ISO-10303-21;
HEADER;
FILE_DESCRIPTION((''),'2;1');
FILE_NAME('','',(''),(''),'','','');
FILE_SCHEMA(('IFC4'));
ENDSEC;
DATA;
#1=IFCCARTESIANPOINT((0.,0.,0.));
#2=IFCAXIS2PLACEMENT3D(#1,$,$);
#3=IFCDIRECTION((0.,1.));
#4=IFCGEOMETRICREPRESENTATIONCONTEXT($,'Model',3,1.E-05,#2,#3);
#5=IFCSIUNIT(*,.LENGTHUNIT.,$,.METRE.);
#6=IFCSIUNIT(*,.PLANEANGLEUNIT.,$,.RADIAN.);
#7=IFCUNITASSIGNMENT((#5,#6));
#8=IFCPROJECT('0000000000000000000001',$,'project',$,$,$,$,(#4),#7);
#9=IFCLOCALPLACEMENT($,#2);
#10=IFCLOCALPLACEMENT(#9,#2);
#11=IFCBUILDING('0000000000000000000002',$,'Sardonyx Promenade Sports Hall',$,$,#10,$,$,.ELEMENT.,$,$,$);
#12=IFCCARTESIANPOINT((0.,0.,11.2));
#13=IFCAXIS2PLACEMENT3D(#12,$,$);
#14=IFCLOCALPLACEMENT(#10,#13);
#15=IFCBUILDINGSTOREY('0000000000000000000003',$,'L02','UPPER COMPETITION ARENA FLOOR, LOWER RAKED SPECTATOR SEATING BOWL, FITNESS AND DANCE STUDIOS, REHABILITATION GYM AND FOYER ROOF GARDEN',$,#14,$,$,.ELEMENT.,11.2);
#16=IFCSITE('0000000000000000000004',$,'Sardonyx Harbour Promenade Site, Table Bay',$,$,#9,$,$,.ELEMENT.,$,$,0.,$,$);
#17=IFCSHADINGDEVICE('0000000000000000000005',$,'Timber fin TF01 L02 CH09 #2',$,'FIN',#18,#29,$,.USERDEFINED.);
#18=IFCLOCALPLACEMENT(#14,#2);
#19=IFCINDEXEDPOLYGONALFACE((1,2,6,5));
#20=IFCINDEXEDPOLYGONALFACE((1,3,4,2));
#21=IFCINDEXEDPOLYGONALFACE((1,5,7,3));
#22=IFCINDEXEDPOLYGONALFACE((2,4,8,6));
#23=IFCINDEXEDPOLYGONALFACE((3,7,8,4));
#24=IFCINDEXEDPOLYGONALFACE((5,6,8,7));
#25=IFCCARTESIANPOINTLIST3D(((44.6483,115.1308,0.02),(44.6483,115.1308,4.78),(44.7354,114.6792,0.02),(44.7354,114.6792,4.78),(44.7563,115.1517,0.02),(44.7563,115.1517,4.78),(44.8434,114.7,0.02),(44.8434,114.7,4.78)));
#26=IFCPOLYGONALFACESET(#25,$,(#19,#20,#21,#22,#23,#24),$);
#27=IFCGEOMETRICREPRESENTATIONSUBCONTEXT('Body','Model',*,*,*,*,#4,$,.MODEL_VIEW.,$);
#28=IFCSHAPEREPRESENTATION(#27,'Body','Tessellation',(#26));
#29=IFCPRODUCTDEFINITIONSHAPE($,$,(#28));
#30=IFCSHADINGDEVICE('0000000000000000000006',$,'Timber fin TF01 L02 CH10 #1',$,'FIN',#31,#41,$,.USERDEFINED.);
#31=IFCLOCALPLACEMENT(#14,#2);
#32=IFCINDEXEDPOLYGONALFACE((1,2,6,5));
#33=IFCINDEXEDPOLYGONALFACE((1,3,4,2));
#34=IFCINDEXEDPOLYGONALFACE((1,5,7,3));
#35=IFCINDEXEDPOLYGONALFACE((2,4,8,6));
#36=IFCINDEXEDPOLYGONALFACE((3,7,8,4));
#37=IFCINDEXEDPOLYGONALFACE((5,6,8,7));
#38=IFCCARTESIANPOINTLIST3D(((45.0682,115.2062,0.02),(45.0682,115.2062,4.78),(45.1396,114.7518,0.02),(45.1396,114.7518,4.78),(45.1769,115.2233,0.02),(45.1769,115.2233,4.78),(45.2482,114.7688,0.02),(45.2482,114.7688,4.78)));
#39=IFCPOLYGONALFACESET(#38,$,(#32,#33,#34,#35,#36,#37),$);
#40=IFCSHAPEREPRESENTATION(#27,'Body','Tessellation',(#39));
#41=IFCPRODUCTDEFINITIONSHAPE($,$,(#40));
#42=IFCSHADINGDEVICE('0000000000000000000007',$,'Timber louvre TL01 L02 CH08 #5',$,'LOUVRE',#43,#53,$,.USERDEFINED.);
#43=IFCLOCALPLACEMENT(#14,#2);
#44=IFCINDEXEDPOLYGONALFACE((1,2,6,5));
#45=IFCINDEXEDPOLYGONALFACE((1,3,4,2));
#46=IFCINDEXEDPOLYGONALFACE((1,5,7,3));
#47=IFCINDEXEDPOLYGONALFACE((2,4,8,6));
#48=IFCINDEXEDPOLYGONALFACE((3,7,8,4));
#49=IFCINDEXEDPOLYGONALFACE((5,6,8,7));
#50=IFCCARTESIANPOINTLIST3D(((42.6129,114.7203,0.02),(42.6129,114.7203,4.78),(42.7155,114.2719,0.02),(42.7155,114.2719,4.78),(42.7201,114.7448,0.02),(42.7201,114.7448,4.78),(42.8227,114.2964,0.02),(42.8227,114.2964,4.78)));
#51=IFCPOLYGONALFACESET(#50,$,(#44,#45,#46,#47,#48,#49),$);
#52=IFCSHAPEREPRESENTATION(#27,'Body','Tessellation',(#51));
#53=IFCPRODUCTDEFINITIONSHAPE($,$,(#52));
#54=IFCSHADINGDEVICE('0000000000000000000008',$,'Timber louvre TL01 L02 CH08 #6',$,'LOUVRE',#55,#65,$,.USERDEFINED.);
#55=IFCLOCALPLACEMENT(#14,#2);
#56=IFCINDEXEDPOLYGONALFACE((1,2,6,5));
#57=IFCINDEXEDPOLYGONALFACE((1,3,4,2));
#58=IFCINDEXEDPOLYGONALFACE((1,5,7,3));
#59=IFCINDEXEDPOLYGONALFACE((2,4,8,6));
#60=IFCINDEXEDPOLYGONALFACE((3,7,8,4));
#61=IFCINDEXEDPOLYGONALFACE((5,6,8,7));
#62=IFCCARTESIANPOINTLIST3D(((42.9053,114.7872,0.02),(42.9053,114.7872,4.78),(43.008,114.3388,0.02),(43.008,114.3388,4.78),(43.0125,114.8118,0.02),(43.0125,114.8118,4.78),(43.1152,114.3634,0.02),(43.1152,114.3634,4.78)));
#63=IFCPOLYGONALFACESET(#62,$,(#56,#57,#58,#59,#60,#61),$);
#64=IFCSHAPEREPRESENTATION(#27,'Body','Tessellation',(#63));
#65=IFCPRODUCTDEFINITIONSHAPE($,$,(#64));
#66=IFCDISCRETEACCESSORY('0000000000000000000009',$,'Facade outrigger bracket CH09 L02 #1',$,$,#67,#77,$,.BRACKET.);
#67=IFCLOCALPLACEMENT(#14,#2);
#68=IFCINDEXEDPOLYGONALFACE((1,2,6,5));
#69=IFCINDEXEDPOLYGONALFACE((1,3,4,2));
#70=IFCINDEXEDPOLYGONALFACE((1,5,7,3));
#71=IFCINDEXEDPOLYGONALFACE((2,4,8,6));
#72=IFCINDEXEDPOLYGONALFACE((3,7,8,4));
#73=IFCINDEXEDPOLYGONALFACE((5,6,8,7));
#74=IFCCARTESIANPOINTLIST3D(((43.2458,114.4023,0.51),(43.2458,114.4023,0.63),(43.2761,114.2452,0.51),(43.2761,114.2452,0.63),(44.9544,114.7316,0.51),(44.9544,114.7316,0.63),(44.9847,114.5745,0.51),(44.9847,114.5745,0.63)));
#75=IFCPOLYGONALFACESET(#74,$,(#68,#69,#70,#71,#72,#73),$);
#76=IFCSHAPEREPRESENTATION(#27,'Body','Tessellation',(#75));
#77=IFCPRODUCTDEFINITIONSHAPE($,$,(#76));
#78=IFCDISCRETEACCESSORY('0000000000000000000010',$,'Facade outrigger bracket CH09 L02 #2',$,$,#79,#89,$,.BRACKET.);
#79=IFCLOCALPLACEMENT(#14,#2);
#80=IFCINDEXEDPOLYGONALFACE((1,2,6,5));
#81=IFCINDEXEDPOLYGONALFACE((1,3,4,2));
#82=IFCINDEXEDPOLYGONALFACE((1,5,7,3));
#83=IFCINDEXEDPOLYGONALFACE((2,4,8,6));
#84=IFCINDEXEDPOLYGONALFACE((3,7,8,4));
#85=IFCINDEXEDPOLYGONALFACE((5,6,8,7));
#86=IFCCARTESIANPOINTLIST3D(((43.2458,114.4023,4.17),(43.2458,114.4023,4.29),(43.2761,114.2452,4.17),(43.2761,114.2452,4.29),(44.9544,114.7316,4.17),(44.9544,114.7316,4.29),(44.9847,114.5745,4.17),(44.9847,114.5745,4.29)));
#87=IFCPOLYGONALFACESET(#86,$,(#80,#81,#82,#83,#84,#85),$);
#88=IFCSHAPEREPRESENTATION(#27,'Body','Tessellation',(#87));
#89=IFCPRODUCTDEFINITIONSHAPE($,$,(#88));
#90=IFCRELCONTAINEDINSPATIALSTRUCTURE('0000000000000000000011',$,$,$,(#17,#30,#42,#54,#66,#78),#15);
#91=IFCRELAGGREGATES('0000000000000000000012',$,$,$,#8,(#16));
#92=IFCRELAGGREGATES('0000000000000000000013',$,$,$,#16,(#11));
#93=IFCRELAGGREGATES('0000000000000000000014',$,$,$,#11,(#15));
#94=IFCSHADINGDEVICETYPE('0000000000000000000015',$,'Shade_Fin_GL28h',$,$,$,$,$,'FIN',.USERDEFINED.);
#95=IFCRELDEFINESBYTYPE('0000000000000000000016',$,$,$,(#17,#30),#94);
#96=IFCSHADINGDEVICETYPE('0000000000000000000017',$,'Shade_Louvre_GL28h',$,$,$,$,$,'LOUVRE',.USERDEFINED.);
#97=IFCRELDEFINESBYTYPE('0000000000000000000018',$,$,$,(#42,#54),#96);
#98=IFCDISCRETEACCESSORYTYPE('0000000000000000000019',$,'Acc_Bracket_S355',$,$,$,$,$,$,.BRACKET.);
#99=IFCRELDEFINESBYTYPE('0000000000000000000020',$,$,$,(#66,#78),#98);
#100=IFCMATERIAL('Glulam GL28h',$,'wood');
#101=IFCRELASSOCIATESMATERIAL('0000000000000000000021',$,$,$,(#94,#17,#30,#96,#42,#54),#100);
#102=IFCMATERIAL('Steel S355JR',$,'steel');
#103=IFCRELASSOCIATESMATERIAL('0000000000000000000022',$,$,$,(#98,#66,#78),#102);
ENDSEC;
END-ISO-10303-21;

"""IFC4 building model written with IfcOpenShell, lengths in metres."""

from ifc_helpers import new_model, si_unit, direction, frame, origin, place, context, subcontext, project, spatial, rectangle, extrude, material, type_object, element, save


model = new_model("IFC4")

# Units and contexts
model_context = context("Model", 3, precision=1e-05, world=origin(), true_north=direction((0.0, 1.0)))
body_context = subcontext(model_context, "Body", "Model", "MODEL_VIEW")
ifc_project = project(units=[si_unit("LENGTHUNIT", "METRE"), si_unit("PLANEANGLEUNIT", "RADIAN")], contexts=[model_context])

# Site, building, storey
site_placement = place(None, origin())
site = spatial("IfcSite", under=ifc_project, at=site_placement, Name="Sardonyx Harbour Promenade Site, Table Bay", CompositionType="ELEMENT", RefElevation=0.0)
building_placement = place(site_placement, origin())
building = spatial("IfcBuilding", under=site, at=building_placement, Name="Sardonyx Promenade Sports Hall", CompositionType="ELEMENT")
storey_placement = place(building_placement, frame((0.0, 0.0, 11.2)))
storey = spatial("IfcBuildingStorey", under=building, at=storey_placement, Name="L02", Description="UPPER COMPETITION ARENA FLOOR, LOWER RAKED SPECTATOR SEATING BOWL, FITNESS AND DANCE STUDIOS, REHABILITATION GYM AND FOYER ROOF GARDEN", CompositionType="ELEMENT", Elevation=11.2)

# Shading devices
ifc_material_1 = material(Name="Glulam GL28h", Category="wood")
shading_device_type_1 = type_object("IfcShadingDeviceType", Name="Shade_Fin_GL28h", ElementType="FIN", PredefinedType="USERDEFINED", material=ifc_material_1)
for number, where, z_axis, x_axis, name in (
    (1, (44.7458, 114.9154, 0.02), (0.0, 0.0, 1.0), (0.98193, 0.189246, 0.0), "Timber fin TF01 L02 CH09 #2"),
    (2, (45.1582, 114.9875, 0.02), (0.0, 0.0, 1.0), (0.987891, 0.155148, 0.0), "Timber fin TF01 L02 CH10 #1"),
):
    element("IfcShadingDevice", number, at=place(storey_placement, frame(where, z_axis=z_axis, x_axis=x_axis)), inside=storey, type_object=shading_device_type_1, material=ifc_material_1, Name=name, ObjectType="FIN", PredefinedType="USERDEFINED", context=body_context, shape_type="SweptSolid", body=[
        extrude(rectangle(XDim=0.11, YDim=0.46), origin(), (0.0, 0.0, 1.0), 4.76),
    ])
shading_device_type_2 = type_object("IfcShadingDeviceType", Name="Shade_Louvre_GL28h", ElementType="LOUVRE", PredefinedType="USERDEFINED", material=ifc_material_1)
for number, where, z_axis, x_axis, name in (
    (3, (42.7178, 114.5084, 0.02), (0.0, 0.0, 1.0), (0.974792, 0.223117, 0.0), "Timber louvre TL01 L02 CH08 #5"),
    (4, (43.0102, 114.5753, 0.02), (0.0, 0.0, 1.0), (0.974792, 0.223117, 0.0), "Timber louvre TL01 L02 CH08 #6"),
):
    element("IfcShadingDevice", number, at=place(storey_placement, frame(where, z_axis=z_axis, x_axis=x_axis)), inside=storey, type_object=shading_device_type_2, material=ifc_material_1, Name=name, ObjectType="LOUVRE", PredefinedType="USERDEFINED", context=body_context, shape_type="SweptSolid", body=[
        extrude(rectangle(XDim=0.11, YDim=0.46), origin(), (0.0, 0.0, 1.0), 4.76),
    ])

# Discrete accessories
ifc_material_2 = material(Name="Steel S355JR", Category="steel")
discrete_accessory_type = type_object("IfcDiscreteAccessoryType", Name="Acc_Bracket_S355", PredefinedType="BRACKET", material=ifc_material_2)
for number, where, z_axis, x_axis, name in (
    (5, (44.1153, 114.4884, 0.51), (0.0, 0.0, 1.0), (0.98193, 0.189246, 0.0), "Facade outrigger bracket CH09 L02 #1"),
    (6, (44.1153, 114.4884, 4.17), (0.0, 0.0, 1.0), (0.98193, 0.189246, 0.0), "Facade outrigger bracket CH09 L02 #2"),
):
    element("IfcDiscreteAccessory", number, at=place(storey_placement, frame(where, z_axis=z_axis, x_axis=x_axis)), inside=storey, type_object=discrete_accessory_type, material=ifc_material_2, Name=name, PredefinedType="BRACKET", context=body_context, shape_type="SweptSolid", body=[
        extrude(rectangle(XDim=1.74, YDim=0.16), origin(), (0.0, 0.0, 1.0), 0.12),
    ])

save(model, "model.ifc")
